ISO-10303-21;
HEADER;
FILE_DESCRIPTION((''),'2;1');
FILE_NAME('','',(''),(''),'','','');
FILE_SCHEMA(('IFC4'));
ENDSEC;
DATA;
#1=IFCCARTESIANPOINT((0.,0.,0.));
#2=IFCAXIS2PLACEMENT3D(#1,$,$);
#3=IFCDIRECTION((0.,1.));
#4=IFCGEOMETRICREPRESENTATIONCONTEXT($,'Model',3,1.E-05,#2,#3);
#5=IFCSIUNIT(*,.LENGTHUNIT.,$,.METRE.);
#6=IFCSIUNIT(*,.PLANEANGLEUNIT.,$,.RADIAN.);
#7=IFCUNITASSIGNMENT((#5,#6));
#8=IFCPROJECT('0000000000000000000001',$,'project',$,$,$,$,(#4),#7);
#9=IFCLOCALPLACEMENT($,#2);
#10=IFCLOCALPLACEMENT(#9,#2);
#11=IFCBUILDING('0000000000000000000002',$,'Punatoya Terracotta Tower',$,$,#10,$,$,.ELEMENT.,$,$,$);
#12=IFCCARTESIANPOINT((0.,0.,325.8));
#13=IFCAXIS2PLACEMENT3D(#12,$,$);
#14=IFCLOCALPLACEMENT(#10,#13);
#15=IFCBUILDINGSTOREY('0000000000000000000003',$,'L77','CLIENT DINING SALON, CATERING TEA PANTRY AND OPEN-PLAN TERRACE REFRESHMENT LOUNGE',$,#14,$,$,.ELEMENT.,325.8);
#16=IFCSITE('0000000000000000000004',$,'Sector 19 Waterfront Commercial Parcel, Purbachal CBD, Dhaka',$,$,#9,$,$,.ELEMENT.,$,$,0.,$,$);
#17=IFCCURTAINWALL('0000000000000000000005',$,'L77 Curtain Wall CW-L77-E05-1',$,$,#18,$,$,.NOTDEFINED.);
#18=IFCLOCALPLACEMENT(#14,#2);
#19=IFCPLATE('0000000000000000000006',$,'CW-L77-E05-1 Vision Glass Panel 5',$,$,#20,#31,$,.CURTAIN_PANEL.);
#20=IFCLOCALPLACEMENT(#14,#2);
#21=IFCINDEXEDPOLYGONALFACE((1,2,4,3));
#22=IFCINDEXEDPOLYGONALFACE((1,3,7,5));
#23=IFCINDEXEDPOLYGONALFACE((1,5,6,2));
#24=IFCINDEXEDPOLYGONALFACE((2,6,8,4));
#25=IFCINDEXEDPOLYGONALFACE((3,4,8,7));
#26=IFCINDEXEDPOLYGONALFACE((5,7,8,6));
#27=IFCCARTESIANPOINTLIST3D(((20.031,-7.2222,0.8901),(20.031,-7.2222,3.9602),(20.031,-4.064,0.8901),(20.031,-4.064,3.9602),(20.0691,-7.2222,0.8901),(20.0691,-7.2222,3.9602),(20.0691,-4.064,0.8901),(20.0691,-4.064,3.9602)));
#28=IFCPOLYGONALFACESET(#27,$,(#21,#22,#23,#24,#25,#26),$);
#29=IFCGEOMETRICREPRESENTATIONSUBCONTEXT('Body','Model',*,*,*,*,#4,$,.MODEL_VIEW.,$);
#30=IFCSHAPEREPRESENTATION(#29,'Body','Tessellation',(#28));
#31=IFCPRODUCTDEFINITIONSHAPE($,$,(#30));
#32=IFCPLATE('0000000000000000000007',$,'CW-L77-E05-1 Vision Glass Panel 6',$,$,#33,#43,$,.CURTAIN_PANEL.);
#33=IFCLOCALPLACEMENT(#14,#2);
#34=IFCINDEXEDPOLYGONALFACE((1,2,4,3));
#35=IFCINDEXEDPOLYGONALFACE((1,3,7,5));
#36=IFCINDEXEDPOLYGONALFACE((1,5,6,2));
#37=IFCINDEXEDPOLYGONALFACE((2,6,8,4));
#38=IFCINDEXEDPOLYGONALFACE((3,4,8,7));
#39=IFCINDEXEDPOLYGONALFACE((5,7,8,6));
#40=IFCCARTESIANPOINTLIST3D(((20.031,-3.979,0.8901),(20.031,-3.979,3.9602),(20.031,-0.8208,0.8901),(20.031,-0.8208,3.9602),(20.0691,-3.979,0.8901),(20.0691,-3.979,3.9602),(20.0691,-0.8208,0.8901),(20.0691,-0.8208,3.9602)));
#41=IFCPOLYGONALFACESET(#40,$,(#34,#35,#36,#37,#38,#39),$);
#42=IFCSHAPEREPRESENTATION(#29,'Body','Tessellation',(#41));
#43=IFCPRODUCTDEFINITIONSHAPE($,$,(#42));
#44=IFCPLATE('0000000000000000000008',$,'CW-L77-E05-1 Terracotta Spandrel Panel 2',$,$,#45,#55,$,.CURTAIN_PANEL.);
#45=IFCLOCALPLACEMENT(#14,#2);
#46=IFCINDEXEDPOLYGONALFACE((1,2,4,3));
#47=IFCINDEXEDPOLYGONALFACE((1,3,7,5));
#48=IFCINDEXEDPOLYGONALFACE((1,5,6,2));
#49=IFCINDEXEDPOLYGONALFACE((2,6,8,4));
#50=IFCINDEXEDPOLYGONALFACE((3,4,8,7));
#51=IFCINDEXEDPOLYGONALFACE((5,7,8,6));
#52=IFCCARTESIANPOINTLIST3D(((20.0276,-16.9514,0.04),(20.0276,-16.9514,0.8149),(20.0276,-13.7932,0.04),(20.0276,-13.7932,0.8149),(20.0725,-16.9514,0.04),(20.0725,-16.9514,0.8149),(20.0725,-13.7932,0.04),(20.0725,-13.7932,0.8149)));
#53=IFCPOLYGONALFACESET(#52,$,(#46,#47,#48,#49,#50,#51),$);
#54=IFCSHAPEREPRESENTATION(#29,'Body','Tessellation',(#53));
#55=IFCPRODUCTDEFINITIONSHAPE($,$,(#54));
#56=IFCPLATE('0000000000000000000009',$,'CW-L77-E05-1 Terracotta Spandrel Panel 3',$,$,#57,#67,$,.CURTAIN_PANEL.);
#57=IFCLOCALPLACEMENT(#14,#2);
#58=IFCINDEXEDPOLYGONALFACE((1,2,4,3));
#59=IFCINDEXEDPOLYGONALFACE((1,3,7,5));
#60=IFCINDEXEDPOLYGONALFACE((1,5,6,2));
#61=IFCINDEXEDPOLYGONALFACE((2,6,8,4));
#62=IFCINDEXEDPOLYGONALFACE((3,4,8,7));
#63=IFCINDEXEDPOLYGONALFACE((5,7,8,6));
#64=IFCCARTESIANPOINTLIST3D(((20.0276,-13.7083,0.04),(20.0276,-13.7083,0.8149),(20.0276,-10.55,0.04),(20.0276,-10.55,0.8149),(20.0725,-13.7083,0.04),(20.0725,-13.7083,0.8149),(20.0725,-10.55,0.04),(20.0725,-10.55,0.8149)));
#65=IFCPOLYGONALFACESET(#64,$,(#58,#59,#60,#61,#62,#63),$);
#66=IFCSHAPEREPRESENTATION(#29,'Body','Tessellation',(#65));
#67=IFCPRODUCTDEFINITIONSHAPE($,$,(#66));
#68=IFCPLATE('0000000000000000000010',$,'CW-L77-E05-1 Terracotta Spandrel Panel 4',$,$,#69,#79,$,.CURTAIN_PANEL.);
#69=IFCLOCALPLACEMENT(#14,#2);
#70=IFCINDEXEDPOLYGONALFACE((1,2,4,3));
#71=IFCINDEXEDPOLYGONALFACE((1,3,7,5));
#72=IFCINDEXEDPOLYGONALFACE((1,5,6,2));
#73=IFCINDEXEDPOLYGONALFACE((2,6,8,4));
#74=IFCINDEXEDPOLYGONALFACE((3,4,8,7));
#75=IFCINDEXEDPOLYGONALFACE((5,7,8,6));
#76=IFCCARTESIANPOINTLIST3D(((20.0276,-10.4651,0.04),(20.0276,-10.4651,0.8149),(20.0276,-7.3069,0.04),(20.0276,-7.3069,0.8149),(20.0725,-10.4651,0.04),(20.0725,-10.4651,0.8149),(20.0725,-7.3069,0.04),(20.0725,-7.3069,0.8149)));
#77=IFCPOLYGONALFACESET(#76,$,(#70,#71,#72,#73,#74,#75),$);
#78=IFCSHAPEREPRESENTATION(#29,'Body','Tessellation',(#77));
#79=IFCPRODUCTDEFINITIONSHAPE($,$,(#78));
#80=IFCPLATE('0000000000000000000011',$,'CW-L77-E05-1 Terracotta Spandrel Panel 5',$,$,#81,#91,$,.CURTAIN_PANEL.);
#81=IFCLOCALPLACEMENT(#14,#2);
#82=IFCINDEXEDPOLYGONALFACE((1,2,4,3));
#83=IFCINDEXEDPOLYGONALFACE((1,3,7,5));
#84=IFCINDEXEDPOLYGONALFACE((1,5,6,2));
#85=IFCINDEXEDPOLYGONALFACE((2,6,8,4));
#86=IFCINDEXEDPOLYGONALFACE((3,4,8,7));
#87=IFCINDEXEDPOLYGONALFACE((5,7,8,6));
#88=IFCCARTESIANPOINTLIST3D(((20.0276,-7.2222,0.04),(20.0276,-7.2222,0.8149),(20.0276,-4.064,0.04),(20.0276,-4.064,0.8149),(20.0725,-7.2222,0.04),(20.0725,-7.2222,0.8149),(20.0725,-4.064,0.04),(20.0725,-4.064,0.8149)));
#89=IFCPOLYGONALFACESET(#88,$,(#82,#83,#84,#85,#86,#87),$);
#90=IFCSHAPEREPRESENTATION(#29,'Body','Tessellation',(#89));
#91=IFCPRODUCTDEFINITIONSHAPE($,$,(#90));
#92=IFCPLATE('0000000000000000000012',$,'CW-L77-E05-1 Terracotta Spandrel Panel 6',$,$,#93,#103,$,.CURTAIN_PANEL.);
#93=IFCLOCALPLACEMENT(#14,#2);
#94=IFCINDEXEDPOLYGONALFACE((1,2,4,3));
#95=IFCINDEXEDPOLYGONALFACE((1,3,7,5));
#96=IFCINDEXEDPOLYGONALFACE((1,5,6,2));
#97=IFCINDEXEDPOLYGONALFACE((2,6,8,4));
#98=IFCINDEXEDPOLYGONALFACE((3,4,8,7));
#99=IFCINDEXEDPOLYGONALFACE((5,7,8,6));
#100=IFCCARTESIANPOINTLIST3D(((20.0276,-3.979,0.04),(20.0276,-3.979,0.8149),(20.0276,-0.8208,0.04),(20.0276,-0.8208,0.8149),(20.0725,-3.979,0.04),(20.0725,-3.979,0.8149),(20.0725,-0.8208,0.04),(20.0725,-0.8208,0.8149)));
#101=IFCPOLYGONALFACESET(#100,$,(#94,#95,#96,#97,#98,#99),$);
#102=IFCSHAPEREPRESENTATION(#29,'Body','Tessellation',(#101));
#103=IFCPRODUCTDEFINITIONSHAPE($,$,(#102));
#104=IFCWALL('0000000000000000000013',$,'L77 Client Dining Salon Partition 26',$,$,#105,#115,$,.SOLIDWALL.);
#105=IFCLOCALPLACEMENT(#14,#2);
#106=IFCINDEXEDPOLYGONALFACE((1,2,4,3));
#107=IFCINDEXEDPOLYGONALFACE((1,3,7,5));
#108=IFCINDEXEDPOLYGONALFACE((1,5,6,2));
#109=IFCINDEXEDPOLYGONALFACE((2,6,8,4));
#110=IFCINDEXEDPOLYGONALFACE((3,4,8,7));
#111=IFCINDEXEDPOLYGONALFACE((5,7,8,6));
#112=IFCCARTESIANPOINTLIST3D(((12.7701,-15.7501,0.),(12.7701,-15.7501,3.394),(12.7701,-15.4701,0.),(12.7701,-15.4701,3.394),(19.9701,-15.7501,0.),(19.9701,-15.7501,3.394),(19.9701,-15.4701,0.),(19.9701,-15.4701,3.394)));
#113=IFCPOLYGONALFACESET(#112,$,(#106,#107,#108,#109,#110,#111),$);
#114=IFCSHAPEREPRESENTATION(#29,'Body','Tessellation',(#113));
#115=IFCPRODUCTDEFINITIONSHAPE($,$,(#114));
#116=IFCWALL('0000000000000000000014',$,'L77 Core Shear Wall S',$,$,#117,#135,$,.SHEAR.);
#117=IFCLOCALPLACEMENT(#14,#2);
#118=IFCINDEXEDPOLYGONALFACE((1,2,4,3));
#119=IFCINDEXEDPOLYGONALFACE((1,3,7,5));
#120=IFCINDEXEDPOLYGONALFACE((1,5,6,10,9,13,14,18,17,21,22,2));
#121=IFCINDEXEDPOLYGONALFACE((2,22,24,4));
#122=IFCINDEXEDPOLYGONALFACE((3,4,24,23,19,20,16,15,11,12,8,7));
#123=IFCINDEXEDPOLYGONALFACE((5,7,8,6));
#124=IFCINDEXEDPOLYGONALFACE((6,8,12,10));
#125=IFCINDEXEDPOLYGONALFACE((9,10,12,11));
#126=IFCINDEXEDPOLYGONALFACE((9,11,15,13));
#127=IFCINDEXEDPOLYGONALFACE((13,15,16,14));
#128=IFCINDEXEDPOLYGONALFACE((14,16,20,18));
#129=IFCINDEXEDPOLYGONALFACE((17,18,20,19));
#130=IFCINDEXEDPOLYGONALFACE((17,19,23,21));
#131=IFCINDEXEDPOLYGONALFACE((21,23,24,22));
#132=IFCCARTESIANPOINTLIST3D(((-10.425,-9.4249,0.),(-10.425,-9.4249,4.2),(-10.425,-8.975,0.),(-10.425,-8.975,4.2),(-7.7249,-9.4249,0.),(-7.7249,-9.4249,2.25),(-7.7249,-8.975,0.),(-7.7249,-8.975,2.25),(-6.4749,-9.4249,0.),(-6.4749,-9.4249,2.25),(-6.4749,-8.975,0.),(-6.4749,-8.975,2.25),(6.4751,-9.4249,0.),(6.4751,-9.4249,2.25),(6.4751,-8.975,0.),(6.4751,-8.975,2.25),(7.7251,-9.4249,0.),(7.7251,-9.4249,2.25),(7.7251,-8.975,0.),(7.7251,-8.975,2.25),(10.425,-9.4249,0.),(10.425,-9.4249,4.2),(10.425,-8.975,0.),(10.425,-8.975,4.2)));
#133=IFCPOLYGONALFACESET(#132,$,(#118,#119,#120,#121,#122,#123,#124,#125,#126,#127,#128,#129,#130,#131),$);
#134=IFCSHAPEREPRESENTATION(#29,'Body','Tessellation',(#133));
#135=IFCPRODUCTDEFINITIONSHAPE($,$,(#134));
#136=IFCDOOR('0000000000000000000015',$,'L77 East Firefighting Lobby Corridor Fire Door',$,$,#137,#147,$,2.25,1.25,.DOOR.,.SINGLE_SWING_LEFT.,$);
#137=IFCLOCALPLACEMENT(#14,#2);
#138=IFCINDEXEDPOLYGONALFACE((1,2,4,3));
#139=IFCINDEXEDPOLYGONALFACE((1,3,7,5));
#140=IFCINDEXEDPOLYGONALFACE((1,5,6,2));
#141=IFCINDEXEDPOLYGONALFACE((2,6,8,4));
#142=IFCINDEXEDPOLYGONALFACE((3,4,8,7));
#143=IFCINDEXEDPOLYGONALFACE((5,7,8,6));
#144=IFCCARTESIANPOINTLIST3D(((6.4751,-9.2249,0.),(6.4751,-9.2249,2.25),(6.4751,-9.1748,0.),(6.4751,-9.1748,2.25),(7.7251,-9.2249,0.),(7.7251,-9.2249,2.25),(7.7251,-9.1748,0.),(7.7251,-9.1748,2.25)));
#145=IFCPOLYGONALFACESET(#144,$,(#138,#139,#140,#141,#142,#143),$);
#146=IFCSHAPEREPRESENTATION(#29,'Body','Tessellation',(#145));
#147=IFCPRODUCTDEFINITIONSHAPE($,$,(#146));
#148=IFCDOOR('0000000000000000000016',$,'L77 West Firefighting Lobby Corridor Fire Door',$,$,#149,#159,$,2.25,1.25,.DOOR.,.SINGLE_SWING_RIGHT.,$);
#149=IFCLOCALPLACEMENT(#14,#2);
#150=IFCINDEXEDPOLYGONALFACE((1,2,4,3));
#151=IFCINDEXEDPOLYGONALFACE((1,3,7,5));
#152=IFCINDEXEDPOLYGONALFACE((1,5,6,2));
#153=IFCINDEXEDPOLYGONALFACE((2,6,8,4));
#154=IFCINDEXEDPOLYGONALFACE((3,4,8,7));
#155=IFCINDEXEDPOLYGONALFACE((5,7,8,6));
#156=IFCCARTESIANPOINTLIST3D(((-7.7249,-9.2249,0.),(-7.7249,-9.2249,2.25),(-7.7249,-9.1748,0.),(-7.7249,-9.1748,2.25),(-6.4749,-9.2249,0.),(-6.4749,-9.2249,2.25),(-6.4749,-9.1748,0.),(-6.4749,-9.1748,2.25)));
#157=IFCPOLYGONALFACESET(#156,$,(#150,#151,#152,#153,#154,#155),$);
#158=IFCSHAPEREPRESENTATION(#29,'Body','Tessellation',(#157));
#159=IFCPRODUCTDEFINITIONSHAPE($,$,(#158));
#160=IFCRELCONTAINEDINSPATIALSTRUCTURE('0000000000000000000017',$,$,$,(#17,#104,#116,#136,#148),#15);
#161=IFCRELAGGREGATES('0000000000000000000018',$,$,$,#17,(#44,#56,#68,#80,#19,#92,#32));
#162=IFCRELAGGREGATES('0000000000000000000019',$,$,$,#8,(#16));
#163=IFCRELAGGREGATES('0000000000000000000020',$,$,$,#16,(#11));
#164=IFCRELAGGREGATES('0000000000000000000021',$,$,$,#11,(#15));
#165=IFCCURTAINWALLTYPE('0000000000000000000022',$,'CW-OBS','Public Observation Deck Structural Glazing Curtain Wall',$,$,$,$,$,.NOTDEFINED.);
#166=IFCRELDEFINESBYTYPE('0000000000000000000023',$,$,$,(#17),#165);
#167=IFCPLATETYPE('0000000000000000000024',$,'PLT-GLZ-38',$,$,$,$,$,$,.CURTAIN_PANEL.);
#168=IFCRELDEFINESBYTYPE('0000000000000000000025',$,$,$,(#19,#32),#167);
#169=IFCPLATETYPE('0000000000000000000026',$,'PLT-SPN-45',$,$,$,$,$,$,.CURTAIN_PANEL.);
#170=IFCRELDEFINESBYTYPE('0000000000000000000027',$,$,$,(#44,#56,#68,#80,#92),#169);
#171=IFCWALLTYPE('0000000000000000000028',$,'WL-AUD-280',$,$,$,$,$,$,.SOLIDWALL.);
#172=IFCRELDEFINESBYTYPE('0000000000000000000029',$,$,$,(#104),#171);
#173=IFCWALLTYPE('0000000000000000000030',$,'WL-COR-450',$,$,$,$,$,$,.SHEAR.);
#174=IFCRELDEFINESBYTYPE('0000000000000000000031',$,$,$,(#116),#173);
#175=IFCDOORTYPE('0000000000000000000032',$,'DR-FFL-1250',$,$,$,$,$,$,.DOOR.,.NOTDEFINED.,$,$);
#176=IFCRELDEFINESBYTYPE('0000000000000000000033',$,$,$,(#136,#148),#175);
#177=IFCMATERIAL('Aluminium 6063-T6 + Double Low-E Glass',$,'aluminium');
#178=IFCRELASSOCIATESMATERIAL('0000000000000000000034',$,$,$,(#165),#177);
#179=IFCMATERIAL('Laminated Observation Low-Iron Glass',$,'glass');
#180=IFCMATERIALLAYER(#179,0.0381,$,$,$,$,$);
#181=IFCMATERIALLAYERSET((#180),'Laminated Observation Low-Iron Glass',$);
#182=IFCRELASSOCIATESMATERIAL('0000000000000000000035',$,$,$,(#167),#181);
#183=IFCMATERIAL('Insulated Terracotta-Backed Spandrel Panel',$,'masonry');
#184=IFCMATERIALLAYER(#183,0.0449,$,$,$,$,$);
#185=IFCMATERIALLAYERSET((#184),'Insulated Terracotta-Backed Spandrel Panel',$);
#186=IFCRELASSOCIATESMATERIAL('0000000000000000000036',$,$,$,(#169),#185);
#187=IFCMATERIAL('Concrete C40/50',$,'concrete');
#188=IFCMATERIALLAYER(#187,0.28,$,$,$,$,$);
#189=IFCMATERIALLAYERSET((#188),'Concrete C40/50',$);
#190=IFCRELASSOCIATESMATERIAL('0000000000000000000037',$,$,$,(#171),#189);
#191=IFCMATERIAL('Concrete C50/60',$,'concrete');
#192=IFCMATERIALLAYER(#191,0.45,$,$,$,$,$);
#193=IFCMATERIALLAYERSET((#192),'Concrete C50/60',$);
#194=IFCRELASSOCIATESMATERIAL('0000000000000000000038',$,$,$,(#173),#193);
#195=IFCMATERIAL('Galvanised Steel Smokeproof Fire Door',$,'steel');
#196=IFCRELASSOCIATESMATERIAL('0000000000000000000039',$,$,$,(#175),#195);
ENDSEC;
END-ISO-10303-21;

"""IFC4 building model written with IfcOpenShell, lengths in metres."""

from ifc_helpers import new_model, si_unit, direction, frame, frame_2d, origin, origin_2d, place, context, subcontext, project, spatial, rectangle, extrude, material, layer, layer_set, type_object, element, fill, aggregate, save


model = new_model("IFC4")

# Units and contexts
model_context = context("Model", 3, precision=1e-05, world=origin(), true_north=direction((0.0, 1.0)))
body_context = subcontext(model_context, "Body", "Model", "MODEL_VIEW")
ifc_project = project(units=[si_unit("LENGTHUNIT", "METRE"), si_unit("PLANEANGLEUNIT", "RADIAN")], contexts=[model_context])

# Site, building, storey
site_placement = place(None, origin())
site = spatial("IfcSite", under=ifc_project, at=site_placement, Name="Sector 19 Waterfront Commercial Parcel, Purbachal CBD, Dhaka", CompositionType="ELEMENT", RefElevation=0.0)
building_placement = place(site_placement, origin())
building = spatial("IfcBuilding", under=site, at=building_placement, Name="Punatoya Terracotta Tower", CompositionType="ELEMENT")
storey_placement = place(building_placement, frame((0.0, 0.0, 325.8)))
storey = spatial("IfcBuildingStorey", under=building, at=storey_placement, Name="L77", Description="CLIENT DINING SALON, CATERING TEA PANTRY AND OPEN-PLAN TERRACE REFRESHMENT LOUNGE", CompositionType="ELEMENT", Elevation=325.8)

# Curtain wall, plates
ifc_material_1 = material(Name="Aluminium 6063-T6 + Double Low-E Glass", Category="aluminium")
curtain_wall_type = type_object("IfcCurtainWallType", Name="CW-OBS", Description="Public Observation Deck Structural Glazing Curtain Wall", PredefinedType="NOTDEFINED", material=ifc_material_1)
curtain_wall_placement = place(storey_placement, origin())
curtain_wall = element("IfcCurtainWall", 1, at=curtain_wall_placement, inside=storey, type_object=curtain_wall_type, Name="L77 Curtain Wall CW-L77-E05-1", PredefinedType="NOTDEFINED")
ifc_material_2 = material(Name="Laminated Observation Low-Iron Glass", Category="glass")
ifc_layer_1 = layer(ifc_material_2, 0.0381)
ifc_layer_set_1 = layer_set([ifc_layer_1], Name="Laminated Observation Low-Iron Glass")
plate_type_1 = type_object("IfcPlateType", Name="PLT-GLZ-38", PredefinedType="CURTAIN_PANEL", material=ifc_layer_set_1)
plate_1_placement = place(storey_placement, frame((20.05, -5.6431, 0.8901), z_axis=(0.0, 0.0, 1.0), x_axis=(0.0, 1.0, 0.0)))
plate_1 = element("IfcPlate", 2, at=plate_1_placement, type_object=plate_type_1, Name="CW-L77-E05-1 Vision Glass Panel 5", PredefinedType="CURTAIN_PANEL", context=body_context, shape_type="SweptSolid", body=[
    extrude(rectangle(XDim=3.1582, YDim=0.0381, at=origin_2d()), origin(), (0.0, 0.0, 1.0), 3.0701),
])
plate_2_placement = place(storey_placement, frame((20.05, -2.3999, 0.8901), z_axis=(0.0, 0.0, 1.0), x_axis=(0.0, 1.0, 0.0)))
plate_2 = element("IfcPlate", 3, at=plate_2_placement, type_object=plate_type_1, Name="CW-L77-E05-1 Vision Glass Panel 6", PredefinedType="CURTAIN_PANEL", context=body_context, shape_type="SweptSolid", body=[
    extrude(rectangle(XDim=3.1582, YDim=0.0381, at=origin_2d()), origin(), (0.0, 0.0, 1.0), 3.0701),
])
ifc_material_3 = material(Name="Insulated Terracotta-Backed Spandrel Panel", Category="masonry")
ifc_layer_2 = layer(ifc_material_3, 0.0449)
ifc_layer_set_2 = layer_set([ifc_layer_2], Name="Insulated Terracotta-Backed Spandrel Panel")
plate_type_2 = type_object("IfcPlateType", Name="PLT-SPN-45", PredefinedType="CURTAIN_PANEL", material=ifc_layer_set_2)
plate_3_placement = place(storey_placement, frame((20.05, -15.3723, 0.04), z_axis=(0.0, 0.0, 1.0), x_axis=(0.0, 1.0, 0.0)))
plate_3 = element("IfcPlate", 4, at=plate_3_placement, type_object=plate_type_2, Name="CW-L77-E05-1 Terracotta Spandrel Panel 2", PredefinedType="CURTAIN_PANEL", context=body_context, shape_type="SweptSolid", body=[
    extrude(rectangle(XDim=3.1582, YDim=0.0449, at=origin_2d()), origin(), (0.0, 0.0, 1.0), 0.7749),
])
plate_4_placement = place(storey_placement, frame((20.05, -12.1292, 0.04), z_axis=(0.0, 0.0, 1.0), x_axis=(0.0, 1.0, 0.0)))
plate_4 = element("IfcPlate", 5, at=plate_4_placement, type_object=plate_type_2, Name="CW-L77-E05-1 Terracotta Spandrel Panel 3", PredefinedType="CURTAIN_PANEL", context=body_context, shape_type="SweptSolid", body=[
    extrude(rectangle(XDim=3.1582, YDim=0.0449, at=origin_2d()), origin(), (0.0, 0.0, 1.0), 0.7749),
])
plate_5_placement = place(storey_placement, frame((20.05, -8.886, 0.04), z_axis=(0.0, 0.0, 1.0), x_axis=(0.0, 1.0, 0.0)))
plate_5 = element("IfcPlate", 6, at=plate_5_placement, type_object=plate_type_2, Name="CW-L77-E05-1 Terracotta Spandrel Panel 4", PredefinedType="CURTAIN_PANEL", context=body_context, shape_type="SweptSolid", body=[
    extrude(rectangle(XDim=3.1582, YDim=0.0449, at=origin_2d()), origin(), (0.0, 0.0, 1.0), 0.7749),
])
plate_6_placement = place(storey_placement, frame((20.05, -5.6431, 0.04), z_axis=(0.0, 0.0, 1.0), x_axis=(0.0, 1.0, 0.0)))
plate_6 = element("IfcPlate", 7, at=plate_6_placement, type_object=plate_type_2, Name="CW-L77-E05-1 Terracotta Spandrel Panel 5", PredefinedType="CURTAIN_PANEL", context=body_context, shape_type="SweptSolid", body=[
    extrude(rectangle(XDim=3.1582, YDim=0.0449, at=origin_2d()), origin(), (0.0, 0.0, 1.0), 0.7749),
])
plate_7_placement = place(storey_placement, frame((20.05, -2.3999, 0.04), z_axis=(0.0, 0.0, 1.0), x_axis=(0.0, 1.0, 0.0)))
plate_7 = element("IfcPlate", 8, at=plate_7_placement, type_object=plate_type_2, Name="CW-L77-E05-1 Terracotta Spandrel Panel 6", PredefinedType="CURTAIN_PANEL", context=body_context, shape_type="SweptSolid", body=[
    extrude(rectangle(XDim=3.1582, YDim=0.0449, at=origin_2d()), origin(), (0.0, 0.0, 1.0), 0.7749),
])
aggregate(curtain_wall, [plate_3, plate_4, plate_5, plate_6, plate_1, plate_7, plate_2])

# Wall
ifc_material_4 = material(Name="Concrete C40/50", Category="concrete")
ifc_layer_3 = layer(ifc_material_4, 0.28)
ifc_layer_set_3 = layer_set([ifc_layer_3], Name="Concrete C40/50")
wall_type_1 = type_object("IfcWallType", Name="WL-AUD-280", PredefinedType="SOLIDWALL", material=ifc_layer_set_3)
wall_1_placement = place(storey_placement, frame((12.77, -15.6101, 0.0), z_axis=(0.0, 0.0, 1.0), x_axis=(1.0, 0.0, 0.0)))
element("IfcWall", 9, at=wall_1_placement, inside=storey, type_object=wall_type_1, Name="L77 Client Dining Salon Partition 26", PredefinedType="SOLIDWALL", context=body_context, shape_type="SweptSolid", body=[
    extrude(rectangle(XDim=7.2, YDim=0.28, at=frame_2d((3.6001, 0.0))), origin(), (0.0, 0.0, 1.0), 3.394),
])

# Wall, openings, doors
ifc_material_5 = material(Name="Concrete C50/60", Category="concrete")
ifc_layer_4 = layer(ifc_material_5, 0.45)
ifc_layer_set_4 = layer_set([ifc_layer_4], Name="Concrete C50/60")
wall_type_2 = type_object("IfcWallType", Name="WL-COR-450", PredefinedType="SHEAR", material=ifc_layer_set_4)
wall_2_placement = place(storey_placement, frame((10.425, -9.2, 0.0), z_axis=(0.0, 0.0, 1.0), x_axis=(-1.0, 0.0, 0.0)))
wall_2 = element("IfcWall", 10, at=wall_2_placement, inside=storey, type_object=wall_type_2, Name="L77 Core Shear Wall S", PredefinedType="SHEAR", context=body_context, shape_type="SweptSolid", body=[
    extrude(rectangle(XDim=20.8501, YDim=0.45, at=frame_2d((10.425, 0.0))), origin(), (0.0, 0.0, 1.0), 4.2),
])
opening_1_placement = place(wall_2_placement, frame((2.7, 0.0, 0.0)))
opening_1 = element("IfcOpeningElement", 11, at=opening_1_placement, cuts=wall_2, PredefinedType="OPENING", context=body_context, shape_type="SweptSolid", body=[
    extrude(rectangle(XDim=1.25, YDim=2.25, at=frame_2d((0.625, 1.125))), frame((0.0, 0.2349, 0.0), z_axis=(0.0, -1.0, 0.0), x_axis=(1.0, 0.0, 0.0)), (0.0, 0.0, 1.0), 0.47),
])
opening_2_placement = place(wall_2_placement, frame((16.8999, 0.0, 0.0)))
opening_2 = element("IfcOpeningElement", 12, at=opening_2_placement, cuts=wall_2, PredefinedType="OPENING", context=body_context, shape_type="SweptSolid", body=[
    extrude(rectangle(XDim=1.25, YDim=2.25, at=frame_2d((0.625, 1.125))), frame((0.0, 0.2349, 0.0), z_axis=(0.0, -1.0, 0.0), x_axis=(1.0, 0.0, 0.0)), (0.0, 0.0, 1.0), 0.47),
])
ifc_material_6 = material(Name="Galvanised Steel Smokeproof Fire Door", Category="steel")
door_type_1 = type_object("IfcDoorType", Name="DR-FFL-1250", OperationType="NOTDEFINED", PredefinedType="DOOR", material=ifc_material_6)
door_1_placement = place(opening_1_placement, origin())
door_1 = element("IfcDoor", 13, at=door_1_placement, inside=storey, type_object=door_type_1, Name="L77 East Firefighting Lobby Corridor Fire Door", OperationType="SINGLE_SWING_LEFT", OverallHeight=2.25, OverallWidth=1.25, PredefinedType="DOOR", context=body_context, shape_type="SweptSolid", body=[
    extrude(rectangle(XDim=1.25, YDim=2.25, at=frame_2d((0.625, 1.125))), frame((0.0, 0.0249, 0.0), z_axis=(0.0, -1.0, 0.0), x_axis=(1.0, 0.0, 0.0)), (0.0, 0.0, 1.0), 0.05),
])
fill(opening_1, door_1)
door_2_placement = place(opening_2_placement, origin())
door_2 = element("IfcDoor", 14, at=door_2_placement, inside=storey, type_object=door_type_1, Name="L77 West Firefighting Lobby Corridor Fire Door", OperationType="SINGLE_SWING_RIGHT", OverallHeight=2.25, OverallWidth=1.25, PredefinedType="DOOR", context=body_context, shape_type="SweptSolid", body=[
    extrude(rectangle(XDim=1.25, YDim=2.25, at=frame_2d((0.625, 1.125))), frame((0.0, 0.0249, 0.0), z_axis=(0.0, -1.0, 0.0), x_axis=(1.0, 0.0, 0.0)), (0.0, 0.0, 1.0), 0.05),
])
fill(opening_2, door_2)

save(model, "model.ifc")
